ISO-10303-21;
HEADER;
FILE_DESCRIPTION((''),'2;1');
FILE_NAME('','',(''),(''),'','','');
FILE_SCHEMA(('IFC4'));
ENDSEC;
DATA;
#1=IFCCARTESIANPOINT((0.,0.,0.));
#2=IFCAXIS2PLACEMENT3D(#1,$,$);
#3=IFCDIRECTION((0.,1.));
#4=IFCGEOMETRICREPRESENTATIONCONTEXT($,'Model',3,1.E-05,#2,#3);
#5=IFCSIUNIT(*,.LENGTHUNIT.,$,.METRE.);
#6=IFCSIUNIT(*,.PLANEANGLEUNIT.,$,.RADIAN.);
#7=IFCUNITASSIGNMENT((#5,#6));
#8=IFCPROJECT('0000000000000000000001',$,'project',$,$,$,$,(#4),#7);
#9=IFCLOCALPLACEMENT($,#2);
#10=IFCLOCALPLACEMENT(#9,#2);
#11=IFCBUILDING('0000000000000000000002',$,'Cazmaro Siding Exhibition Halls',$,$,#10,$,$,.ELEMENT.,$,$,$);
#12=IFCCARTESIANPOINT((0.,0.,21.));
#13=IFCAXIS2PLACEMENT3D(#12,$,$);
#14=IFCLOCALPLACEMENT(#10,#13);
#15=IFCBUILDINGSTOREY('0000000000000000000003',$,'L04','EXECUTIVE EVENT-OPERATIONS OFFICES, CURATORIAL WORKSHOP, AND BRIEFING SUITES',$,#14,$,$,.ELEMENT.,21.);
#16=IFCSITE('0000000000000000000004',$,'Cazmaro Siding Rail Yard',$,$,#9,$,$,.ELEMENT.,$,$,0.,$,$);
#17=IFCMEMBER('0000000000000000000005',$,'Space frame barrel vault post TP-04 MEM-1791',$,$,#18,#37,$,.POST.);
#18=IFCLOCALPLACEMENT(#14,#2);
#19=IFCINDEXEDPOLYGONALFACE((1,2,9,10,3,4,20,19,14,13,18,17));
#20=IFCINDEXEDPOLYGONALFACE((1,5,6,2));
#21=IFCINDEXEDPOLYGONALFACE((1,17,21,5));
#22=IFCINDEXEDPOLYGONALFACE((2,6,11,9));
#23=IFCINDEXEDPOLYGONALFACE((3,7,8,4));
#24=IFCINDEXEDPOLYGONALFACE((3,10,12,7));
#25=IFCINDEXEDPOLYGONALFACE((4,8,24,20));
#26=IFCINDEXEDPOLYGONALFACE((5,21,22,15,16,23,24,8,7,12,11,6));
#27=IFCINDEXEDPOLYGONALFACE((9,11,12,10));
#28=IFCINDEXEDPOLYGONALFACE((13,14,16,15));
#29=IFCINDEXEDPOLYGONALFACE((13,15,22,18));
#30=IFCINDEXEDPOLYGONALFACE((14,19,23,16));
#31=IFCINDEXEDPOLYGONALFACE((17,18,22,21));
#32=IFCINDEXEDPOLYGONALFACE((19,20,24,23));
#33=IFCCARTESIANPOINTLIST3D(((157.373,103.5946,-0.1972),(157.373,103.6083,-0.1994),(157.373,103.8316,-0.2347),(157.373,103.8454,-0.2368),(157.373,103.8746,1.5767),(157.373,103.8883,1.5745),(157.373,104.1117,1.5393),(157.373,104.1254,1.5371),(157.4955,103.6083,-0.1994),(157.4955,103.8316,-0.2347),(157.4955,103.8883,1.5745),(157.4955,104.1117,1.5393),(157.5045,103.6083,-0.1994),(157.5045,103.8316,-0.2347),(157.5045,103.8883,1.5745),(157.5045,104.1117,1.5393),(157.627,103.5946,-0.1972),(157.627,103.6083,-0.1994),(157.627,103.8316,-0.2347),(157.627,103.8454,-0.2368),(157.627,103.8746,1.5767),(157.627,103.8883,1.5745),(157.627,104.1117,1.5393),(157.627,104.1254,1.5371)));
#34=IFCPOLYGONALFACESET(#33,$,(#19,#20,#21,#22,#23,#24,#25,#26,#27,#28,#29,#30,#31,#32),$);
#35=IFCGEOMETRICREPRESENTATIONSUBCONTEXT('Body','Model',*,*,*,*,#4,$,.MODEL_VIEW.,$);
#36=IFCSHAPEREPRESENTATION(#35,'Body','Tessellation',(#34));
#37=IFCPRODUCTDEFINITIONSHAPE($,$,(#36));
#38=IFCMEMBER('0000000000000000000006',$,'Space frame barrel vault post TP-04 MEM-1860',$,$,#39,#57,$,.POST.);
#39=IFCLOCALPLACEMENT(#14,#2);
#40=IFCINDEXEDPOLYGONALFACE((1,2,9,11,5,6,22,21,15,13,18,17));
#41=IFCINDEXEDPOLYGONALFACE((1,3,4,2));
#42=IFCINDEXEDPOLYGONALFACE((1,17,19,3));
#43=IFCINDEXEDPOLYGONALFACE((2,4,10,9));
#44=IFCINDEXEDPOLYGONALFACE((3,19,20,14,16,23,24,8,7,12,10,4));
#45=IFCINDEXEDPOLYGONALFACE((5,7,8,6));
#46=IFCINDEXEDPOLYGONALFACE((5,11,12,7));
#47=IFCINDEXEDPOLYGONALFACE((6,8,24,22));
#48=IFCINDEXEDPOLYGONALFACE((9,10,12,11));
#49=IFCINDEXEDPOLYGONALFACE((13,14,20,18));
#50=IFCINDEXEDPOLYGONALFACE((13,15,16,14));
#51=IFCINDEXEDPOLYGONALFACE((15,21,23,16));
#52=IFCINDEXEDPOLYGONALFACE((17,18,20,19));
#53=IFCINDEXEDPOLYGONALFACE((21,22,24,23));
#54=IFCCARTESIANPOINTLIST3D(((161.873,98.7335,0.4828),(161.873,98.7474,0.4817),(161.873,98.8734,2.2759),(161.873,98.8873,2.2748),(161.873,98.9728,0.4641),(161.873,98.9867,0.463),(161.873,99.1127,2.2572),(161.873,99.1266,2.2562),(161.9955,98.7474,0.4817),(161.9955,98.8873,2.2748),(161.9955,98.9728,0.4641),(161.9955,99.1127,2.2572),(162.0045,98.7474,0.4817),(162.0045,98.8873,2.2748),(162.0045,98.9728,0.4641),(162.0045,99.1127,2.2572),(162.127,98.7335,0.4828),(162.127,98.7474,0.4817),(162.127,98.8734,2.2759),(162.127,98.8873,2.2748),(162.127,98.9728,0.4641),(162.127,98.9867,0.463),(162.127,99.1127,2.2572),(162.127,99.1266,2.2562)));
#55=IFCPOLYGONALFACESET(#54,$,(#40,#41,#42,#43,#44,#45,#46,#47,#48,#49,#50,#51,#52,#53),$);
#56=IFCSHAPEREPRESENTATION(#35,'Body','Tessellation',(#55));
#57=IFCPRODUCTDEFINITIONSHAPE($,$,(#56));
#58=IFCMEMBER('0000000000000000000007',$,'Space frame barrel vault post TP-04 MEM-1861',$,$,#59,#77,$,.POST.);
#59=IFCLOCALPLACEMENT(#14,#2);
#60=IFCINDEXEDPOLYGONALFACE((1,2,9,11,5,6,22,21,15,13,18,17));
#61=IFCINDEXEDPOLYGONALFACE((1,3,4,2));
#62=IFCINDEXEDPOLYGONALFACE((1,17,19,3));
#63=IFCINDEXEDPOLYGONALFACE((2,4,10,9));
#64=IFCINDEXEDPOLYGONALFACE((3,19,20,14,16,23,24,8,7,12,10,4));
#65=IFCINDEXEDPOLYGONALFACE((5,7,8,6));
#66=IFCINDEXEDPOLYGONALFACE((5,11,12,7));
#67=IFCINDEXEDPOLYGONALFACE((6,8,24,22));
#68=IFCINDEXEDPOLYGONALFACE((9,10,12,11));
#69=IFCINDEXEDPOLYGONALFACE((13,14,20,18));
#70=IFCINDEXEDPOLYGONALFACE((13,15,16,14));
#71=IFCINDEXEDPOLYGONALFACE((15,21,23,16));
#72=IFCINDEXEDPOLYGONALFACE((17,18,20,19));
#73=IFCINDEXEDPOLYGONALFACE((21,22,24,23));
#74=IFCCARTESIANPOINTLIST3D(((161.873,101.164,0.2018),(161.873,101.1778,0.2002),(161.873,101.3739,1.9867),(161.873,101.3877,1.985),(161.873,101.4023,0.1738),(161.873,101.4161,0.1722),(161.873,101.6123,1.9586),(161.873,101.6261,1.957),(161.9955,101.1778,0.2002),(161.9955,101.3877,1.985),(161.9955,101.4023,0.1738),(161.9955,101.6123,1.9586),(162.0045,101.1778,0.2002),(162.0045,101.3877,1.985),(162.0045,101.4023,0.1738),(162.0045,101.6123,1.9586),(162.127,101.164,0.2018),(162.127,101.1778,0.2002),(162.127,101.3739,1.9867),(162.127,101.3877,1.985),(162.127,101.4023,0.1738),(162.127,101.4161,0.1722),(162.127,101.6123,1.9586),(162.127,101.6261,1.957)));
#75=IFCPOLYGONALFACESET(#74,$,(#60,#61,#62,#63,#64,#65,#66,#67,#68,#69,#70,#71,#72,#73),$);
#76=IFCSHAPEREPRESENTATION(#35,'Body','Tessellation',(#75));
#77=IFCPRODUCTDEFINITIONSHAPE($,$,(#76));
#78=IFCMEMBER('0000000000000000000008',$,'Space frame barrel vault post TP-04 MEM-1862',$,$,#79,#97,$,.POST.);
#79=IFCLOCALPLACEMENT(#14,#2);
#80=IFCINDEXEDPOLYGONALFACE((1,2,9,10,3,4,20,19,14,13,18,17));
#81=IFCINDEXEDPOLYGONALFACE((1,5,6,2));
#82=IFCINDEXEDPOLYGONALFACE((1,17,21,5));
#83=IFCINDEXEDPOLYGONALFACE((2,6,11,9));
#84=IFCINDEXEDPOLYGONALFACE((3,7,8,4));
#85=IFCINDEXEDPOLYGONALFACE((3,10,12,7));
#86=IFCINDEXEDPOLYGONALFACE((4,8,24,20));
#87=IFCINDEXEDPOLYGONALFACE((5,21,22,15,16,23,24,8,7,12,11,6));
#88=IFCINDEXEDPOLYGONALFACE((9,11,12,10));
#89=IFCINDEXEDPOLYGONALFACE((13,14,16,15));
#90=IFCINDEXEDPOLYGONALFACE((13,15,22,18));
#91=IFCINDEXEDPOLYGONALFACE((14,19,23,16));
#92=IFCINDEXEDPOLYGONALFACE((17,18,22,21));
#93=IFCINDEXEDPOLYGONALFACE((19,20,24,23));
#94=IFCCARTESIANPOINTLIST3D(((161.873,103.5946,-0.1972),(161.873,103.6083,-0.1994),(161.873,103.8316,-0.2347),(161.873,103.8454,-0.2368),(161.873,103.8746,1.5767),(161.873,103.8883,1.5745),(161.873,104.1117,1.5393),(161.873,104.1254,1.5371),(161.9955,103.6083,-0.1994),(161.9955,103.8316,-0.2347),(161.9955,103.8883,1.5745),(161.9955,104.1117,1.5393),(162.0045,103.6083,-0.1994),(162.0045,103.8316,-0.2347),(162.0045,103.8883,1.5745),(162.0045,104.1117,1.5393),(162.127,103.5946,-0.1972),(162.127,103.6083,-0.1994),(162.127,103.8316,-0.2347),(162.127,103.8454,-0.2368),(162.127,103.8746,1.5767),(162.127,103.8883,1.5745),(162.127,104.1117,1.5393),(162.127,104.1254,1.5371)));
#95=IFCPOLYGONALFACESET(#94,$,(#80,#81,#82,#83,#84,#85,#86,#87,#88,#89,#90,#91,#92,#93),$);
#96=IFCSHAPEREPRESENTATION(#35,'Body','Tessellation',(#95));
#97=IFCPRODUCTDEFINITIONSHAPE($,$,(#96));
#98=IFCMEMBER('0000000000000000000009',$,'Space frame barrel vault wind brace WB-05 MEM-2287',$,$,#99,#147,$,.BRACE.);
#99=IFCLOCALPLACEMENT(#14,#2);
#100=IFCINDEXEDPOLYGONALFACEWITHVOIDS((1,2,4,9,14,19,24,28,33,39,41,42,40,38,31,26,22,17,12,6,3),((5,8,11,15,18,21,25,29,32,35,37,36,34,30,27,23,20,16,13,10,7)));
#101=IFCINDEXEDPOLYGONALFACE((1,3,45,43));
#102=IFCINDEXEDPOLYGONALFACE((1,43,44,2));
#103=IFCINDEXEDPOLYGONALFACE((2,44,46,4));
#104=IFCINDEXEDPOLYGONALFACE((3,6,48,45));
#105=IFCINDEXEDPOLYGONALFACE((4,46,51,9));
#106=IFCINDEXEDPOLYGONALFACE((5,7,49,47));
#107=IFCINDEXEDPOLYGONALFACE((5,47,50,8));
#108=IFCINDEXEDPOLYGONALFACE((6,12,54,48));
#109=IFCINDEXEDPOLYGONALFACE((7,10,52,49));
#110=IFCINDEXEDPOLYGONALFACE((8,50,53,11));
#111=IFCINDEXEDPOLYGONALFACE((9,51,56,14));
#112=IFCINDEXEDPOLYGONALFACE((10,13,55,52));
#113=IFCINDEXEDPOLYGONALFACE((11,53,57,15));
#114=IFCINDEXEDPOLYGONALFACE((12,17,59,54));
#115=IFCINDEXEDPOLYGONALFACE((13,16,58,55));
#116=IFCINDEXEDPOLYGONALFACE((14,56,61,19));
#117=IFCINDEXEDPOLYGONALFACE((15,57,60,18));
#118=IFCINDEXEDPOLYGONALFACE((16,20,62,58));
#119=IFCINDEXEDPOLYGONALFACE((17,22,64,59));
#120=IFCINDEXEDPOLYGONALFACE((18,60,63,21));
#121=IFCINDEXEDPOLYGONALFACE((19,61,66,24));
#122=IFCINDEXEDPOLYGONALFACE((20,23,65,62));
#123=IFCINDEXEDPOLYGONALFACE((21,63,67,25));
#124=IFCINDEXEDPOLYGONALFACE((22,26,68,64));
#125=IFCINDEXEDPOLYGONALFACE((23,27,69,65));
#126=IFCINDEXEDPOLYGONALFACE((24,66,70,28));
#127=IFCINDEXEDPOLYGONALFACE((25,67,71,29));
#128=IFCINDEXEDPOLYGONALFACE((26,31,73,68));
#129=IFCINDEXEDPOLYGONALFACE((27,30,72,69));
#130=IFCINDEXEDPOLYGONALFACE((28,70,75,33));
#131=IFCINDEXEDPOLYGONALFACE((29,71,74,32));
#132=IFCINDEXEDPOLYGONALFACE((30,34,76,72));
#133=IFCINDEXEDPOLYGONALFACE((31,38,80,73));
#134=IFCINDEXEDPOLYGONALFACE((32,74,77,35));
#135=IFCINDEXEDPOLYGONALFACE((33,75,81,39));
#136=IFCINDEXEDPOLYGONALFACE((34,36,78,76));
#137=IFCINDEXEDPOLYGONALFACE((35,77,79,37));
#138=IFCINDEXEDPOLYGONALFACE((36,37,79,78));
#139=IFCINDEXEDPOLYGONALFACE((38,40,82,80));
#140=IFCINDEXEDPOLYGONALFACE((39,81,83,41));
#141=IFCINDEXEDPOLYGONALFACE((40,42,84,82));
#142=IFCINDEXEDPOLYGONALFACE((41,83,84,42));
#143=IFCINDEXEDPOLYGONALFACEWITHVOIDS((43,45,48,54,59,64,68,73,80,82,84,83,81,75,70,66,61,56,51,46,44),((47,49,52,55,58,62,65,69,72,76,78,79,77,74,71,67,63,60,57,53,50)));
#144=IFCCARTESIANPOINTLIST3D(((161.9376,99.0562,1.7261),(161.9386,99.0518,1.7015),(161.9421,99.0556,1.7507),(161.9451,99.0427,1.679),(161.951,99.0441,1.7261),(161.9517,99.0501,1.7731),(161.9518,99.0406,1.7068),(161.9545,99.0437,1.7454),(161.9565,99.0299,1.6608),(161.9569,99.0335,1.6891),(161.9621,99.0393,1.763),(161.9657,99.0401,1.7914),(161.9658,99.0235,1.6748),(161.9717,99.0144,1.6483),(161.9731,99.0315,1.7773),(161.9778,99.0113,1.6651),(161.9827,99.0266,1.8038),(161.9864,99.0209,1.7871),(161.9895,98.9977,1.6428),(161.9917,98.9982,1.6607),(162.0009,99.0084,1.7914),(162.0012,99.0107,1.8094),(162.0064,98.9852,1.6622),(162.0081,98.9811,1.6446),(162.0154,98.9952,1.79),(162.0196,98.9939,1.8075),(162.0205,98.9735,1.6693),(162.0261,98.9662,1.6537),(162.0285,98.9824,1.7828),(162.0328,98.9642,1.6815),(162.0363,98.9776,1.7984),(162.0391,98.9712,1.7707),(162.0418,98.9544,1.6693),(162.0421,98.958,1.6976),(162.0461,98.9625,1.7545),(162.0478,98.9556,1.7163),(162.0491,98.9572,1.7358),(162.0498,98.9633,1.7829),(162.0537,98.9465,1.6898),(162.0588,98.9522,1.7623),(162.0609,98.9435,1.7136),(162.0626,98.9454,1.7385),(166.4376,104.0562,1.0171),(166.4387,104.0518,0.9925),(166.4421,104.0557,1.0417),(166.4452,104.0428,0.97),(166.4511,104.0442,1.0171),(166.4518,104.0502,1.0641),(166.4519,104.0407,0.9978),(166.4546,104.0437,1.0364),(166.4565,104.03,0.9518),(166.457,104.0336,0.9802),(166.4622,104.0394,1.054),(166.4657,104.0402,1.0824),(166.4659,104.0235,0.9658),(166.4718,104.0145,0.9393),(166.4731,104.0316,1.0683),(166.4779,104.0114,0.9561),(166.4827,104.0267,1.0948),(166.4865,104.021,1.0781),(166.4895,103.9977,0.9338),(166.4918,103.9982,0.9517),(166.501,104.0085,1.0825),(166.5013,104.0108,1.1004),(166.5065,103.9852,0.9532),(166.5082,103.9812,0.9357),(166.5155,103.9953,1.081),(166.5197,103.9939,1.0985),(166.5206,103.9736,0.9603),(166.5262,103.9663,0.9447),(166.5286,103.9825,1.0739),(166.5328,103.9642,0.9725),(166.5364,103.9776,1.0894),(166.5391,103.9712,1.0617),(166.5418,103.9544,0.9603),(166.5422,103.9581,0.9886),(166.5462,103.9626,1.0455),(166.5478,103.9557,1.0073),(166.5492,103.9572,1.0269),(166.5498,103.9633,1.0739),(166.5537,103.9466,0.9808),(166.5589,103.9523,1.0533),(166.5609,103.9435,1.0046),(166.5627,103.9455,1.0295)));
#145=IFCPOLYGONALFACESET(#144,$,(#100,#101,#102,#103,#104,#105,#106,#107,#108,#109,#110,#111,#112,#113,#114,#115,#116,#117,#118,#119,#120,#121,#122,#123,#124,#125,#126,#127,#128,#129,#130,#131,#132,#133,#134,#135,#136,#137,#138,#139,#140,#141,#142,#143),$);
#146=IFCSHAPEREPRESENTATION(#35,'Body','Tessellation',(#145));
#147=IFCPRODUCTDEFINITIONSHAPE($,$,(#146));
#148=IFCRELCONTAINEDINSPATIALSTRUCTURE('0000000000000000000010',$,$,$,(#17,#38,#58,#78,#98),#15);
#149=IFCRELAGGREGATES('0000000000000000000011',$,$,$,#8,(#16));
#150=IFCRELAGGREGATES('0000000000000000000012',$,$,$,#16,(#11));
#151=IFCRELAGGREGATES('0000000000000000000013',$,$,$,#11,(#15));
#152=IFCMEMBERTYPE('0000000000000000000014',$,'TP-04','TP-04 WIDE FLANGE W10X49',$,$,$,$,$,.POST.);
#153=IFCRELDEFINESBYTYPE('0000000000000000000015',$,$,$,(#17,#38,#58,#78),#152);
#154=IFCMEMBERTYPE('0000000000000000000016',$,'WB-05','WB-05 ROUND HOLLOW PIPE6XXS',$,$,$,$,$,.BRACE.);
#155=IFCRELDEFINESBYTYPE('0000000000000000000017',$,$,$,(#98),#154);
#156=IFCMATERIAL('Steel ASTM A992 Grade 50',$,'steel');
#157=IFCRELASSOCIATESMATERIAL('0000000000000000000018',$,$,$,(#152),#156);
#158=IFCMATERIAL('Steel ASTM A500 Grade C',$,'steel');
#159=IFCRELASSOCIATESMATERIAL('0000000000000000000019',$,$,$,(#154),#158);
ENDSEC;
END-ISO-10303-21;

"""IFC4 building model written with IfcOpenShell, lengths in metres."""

from ifc_helpers import new_model, si_unit, direction, frame, origin, origin_2d, place, context, subcontext, project, spatial, hollow_circle, i_section, extrude, material, material_profile, profile_set, type_object, element, save


model = new_model("IFC4")

# Units and contexts
model_context = context("Model", 3, precision=1e-05, world=origin(), true_north=direction((0.0, 1.0)))
body_context = subcontext(model_context, "Body", "Model", "MODEL_VIEW")
ifc_project = project(units=[si_unit("LENGTHUNIT", "METRE"), si_unit("PLANEANGLEUNIT", "RADIAN")], contexts=[model_context])

# Site, building, storey
site_placement = place(None, origin())
site = spatial("IfcSite", under=ifc_project, at=site_placement, Name="Cazmaro Siding Rail Yard", CompositionType="ELEMENT", RefElevation=0.0)
building_placement = place(site_placement, origin())
building = spatial("IfcBuilding", under=site, at=building_placement, Name="Cazmaro Siding Exhibition Halls", CompositionType="ELEMENT")
storey_placement = place(building_placement, frame((0.0, 0.0, 21.0)))
storey = spatial("IfcBuildingStorey", under=building, at=storey_placement, Name="L04", Description="EXECUTIVE EVENT-OPERATIONS OFFICES, CURATORIAL WORKSHOP, AND BRIEFING SUITES", CompositionType="ELEMENT", Elevation=21.0)

# Members
ifc_material_1 = material(Name="Steel ASTM A992 Grade 50", Category="steel")
ifc_material_profile_1 = material_profile(ifc_material_1, i_section(OverallWidth=0.2539, OverallDepth=0.2539, WebThickness=0.009, FlangeThickness=0.0139, at=origin_2d()), Name="W10X49")
ifc_profile_set_1 = profile_set([ifc_material_profile_1], Name="Steel ASTM A992 Grade 50")
member_type_1 = type_object("IfcMemberType", Name="TP-04", Description="TP-04 WIDE FLANGE W10X49", PredefinedType="POST", material=ifc_profile_set_1)
member_1_placement = place(storey_placement, frame((157.5, 103.72, -0.217), z_axis=(0.0, 0.155928, 0.987768), x_axis=(-1.0, 0.0, 0.0)))
element("IfcMember", 1, at=member_1_placement, inside=storey, type_object=member_type_1, Name="Space frame barrel vault post TP-04 MEM-1791", PredefinedType="POST", context=body_context, shape_type="SweptSolid", body=[
    extrude(i_section(OverallWidth=0.2539, OverallDepth=0.2539, WebThickness=0.009, FlangeThickness=0.0139, at=origin_2d()), origin(), (0.0, 0.0, 1.0), 1.7959),
])
member_2_placement = place(storey_placement, frame((162.0, 98.8601, 0.4729), z_axis=(0.0, 0.077776, 0.996971), x_axis=(-1.0, 0.0, 0.0)))
element("IfcMember", 2, at=member_2_placement, inside=storey, type_object=member_type_1, Name="Space frame barrel vault post TP-04 MEM-1860", PredefinedType="POST", context=body_context, shape_type="SweptSolid", body=[
    extrude(i_section(OverallWidth=0.2539, OverallDepth=0.2539, WebThickness=0.009, FlangeThickness=0.0139, at=origin_2d()), origin(), (0.0, 0.0, 1.0), 1.7986),
])
member_3_placement = place(storey_placement, frame((162.0, 101.29, 0.187), z_axis=(0.0, 0.116825, 0.993152), x_axis=(-1.0, 0.0, 0.0)))
element("IfcMember", 3, at=member_3_placement, inside=storey, type_object=member_type_1, Name="Space frame barrel vault post TP-04 MEM-1861", PredefinedType="POST", context=body_context, shape_type="SweptSolid", body=[
    extrude(i_section(OverallWidth=0.2539, OverallDepth=0.2539, WebThickness=0.009, FlangeThickness=0.0139, at=origin_2d()), origin(), (0.0, 0.0, 1.0), 1.7971),
])
member_4_placement = place(storey_placement, frame((162.0, 103.72, -0.217), z_axis=(0.0, 0.155928, 0.987768), x_axis=(-1.0, 0.0, 0.0)))
element("IfcMember", 4, at=member_4_placement, inside=storey, type_object=member_type_1, Name="Space frame barrel vault post TP-04 MEM-1862", PredefinedType="POST", context=body_context, shape_type="SweptSolid", body=[
    extrude(i_section(OverallWidth=0.2539, OverallDepth=0.2539, WebThickness=0.009, FlangeThickness=0.0139, at=origin_2d()), origin(), (0.0, 0.0, 1.0), 1.7959),
])
ifc_material_2 = material(Name="Steel ASTM A500 Grade C", Category="steel")
ifc_material_profile_2 = material_profile(ifc_material_2, hollow_circle(Radius=0.084, WallThickness=0.0181, at=origin_2d()), Name="PIPE6XXS")
ifc_profile_set_2 = profile_set([ifc_material_profile_2], Name="Steel ASTM A500 Grade C")
member_type_2 = type_object("IfcMemberType", Name="WB-05", Description="WB-05 ROUND HOLLOW PIPE6XXS", PredefinedType="BRACE", material=ifc_profile_set_2)
member_5_placement = place(storey_placement, frame((162.0, 99.0, 1.7261), z_axis=(0.66528, 0.7392, -0.104816), x_axis=(-0.743294, 0.668965, 0.0)))
element("IfcMember", 5, at=member_5_placement, inside=storey, type_object=member_type_2, Name="Space frame barrel vault wind brace WB-05 MEM-2287", PredefinedType="BRACE", context=body_context, shape_type="SweptSolid", body=[
    extrude(hollow_circle(Radius=0.084, WallThickness=0.0181, at=origin_2d()), origin(), (0.0, 0.0, 1.0), 6.7642),
])

save(model, "model.ifc")
